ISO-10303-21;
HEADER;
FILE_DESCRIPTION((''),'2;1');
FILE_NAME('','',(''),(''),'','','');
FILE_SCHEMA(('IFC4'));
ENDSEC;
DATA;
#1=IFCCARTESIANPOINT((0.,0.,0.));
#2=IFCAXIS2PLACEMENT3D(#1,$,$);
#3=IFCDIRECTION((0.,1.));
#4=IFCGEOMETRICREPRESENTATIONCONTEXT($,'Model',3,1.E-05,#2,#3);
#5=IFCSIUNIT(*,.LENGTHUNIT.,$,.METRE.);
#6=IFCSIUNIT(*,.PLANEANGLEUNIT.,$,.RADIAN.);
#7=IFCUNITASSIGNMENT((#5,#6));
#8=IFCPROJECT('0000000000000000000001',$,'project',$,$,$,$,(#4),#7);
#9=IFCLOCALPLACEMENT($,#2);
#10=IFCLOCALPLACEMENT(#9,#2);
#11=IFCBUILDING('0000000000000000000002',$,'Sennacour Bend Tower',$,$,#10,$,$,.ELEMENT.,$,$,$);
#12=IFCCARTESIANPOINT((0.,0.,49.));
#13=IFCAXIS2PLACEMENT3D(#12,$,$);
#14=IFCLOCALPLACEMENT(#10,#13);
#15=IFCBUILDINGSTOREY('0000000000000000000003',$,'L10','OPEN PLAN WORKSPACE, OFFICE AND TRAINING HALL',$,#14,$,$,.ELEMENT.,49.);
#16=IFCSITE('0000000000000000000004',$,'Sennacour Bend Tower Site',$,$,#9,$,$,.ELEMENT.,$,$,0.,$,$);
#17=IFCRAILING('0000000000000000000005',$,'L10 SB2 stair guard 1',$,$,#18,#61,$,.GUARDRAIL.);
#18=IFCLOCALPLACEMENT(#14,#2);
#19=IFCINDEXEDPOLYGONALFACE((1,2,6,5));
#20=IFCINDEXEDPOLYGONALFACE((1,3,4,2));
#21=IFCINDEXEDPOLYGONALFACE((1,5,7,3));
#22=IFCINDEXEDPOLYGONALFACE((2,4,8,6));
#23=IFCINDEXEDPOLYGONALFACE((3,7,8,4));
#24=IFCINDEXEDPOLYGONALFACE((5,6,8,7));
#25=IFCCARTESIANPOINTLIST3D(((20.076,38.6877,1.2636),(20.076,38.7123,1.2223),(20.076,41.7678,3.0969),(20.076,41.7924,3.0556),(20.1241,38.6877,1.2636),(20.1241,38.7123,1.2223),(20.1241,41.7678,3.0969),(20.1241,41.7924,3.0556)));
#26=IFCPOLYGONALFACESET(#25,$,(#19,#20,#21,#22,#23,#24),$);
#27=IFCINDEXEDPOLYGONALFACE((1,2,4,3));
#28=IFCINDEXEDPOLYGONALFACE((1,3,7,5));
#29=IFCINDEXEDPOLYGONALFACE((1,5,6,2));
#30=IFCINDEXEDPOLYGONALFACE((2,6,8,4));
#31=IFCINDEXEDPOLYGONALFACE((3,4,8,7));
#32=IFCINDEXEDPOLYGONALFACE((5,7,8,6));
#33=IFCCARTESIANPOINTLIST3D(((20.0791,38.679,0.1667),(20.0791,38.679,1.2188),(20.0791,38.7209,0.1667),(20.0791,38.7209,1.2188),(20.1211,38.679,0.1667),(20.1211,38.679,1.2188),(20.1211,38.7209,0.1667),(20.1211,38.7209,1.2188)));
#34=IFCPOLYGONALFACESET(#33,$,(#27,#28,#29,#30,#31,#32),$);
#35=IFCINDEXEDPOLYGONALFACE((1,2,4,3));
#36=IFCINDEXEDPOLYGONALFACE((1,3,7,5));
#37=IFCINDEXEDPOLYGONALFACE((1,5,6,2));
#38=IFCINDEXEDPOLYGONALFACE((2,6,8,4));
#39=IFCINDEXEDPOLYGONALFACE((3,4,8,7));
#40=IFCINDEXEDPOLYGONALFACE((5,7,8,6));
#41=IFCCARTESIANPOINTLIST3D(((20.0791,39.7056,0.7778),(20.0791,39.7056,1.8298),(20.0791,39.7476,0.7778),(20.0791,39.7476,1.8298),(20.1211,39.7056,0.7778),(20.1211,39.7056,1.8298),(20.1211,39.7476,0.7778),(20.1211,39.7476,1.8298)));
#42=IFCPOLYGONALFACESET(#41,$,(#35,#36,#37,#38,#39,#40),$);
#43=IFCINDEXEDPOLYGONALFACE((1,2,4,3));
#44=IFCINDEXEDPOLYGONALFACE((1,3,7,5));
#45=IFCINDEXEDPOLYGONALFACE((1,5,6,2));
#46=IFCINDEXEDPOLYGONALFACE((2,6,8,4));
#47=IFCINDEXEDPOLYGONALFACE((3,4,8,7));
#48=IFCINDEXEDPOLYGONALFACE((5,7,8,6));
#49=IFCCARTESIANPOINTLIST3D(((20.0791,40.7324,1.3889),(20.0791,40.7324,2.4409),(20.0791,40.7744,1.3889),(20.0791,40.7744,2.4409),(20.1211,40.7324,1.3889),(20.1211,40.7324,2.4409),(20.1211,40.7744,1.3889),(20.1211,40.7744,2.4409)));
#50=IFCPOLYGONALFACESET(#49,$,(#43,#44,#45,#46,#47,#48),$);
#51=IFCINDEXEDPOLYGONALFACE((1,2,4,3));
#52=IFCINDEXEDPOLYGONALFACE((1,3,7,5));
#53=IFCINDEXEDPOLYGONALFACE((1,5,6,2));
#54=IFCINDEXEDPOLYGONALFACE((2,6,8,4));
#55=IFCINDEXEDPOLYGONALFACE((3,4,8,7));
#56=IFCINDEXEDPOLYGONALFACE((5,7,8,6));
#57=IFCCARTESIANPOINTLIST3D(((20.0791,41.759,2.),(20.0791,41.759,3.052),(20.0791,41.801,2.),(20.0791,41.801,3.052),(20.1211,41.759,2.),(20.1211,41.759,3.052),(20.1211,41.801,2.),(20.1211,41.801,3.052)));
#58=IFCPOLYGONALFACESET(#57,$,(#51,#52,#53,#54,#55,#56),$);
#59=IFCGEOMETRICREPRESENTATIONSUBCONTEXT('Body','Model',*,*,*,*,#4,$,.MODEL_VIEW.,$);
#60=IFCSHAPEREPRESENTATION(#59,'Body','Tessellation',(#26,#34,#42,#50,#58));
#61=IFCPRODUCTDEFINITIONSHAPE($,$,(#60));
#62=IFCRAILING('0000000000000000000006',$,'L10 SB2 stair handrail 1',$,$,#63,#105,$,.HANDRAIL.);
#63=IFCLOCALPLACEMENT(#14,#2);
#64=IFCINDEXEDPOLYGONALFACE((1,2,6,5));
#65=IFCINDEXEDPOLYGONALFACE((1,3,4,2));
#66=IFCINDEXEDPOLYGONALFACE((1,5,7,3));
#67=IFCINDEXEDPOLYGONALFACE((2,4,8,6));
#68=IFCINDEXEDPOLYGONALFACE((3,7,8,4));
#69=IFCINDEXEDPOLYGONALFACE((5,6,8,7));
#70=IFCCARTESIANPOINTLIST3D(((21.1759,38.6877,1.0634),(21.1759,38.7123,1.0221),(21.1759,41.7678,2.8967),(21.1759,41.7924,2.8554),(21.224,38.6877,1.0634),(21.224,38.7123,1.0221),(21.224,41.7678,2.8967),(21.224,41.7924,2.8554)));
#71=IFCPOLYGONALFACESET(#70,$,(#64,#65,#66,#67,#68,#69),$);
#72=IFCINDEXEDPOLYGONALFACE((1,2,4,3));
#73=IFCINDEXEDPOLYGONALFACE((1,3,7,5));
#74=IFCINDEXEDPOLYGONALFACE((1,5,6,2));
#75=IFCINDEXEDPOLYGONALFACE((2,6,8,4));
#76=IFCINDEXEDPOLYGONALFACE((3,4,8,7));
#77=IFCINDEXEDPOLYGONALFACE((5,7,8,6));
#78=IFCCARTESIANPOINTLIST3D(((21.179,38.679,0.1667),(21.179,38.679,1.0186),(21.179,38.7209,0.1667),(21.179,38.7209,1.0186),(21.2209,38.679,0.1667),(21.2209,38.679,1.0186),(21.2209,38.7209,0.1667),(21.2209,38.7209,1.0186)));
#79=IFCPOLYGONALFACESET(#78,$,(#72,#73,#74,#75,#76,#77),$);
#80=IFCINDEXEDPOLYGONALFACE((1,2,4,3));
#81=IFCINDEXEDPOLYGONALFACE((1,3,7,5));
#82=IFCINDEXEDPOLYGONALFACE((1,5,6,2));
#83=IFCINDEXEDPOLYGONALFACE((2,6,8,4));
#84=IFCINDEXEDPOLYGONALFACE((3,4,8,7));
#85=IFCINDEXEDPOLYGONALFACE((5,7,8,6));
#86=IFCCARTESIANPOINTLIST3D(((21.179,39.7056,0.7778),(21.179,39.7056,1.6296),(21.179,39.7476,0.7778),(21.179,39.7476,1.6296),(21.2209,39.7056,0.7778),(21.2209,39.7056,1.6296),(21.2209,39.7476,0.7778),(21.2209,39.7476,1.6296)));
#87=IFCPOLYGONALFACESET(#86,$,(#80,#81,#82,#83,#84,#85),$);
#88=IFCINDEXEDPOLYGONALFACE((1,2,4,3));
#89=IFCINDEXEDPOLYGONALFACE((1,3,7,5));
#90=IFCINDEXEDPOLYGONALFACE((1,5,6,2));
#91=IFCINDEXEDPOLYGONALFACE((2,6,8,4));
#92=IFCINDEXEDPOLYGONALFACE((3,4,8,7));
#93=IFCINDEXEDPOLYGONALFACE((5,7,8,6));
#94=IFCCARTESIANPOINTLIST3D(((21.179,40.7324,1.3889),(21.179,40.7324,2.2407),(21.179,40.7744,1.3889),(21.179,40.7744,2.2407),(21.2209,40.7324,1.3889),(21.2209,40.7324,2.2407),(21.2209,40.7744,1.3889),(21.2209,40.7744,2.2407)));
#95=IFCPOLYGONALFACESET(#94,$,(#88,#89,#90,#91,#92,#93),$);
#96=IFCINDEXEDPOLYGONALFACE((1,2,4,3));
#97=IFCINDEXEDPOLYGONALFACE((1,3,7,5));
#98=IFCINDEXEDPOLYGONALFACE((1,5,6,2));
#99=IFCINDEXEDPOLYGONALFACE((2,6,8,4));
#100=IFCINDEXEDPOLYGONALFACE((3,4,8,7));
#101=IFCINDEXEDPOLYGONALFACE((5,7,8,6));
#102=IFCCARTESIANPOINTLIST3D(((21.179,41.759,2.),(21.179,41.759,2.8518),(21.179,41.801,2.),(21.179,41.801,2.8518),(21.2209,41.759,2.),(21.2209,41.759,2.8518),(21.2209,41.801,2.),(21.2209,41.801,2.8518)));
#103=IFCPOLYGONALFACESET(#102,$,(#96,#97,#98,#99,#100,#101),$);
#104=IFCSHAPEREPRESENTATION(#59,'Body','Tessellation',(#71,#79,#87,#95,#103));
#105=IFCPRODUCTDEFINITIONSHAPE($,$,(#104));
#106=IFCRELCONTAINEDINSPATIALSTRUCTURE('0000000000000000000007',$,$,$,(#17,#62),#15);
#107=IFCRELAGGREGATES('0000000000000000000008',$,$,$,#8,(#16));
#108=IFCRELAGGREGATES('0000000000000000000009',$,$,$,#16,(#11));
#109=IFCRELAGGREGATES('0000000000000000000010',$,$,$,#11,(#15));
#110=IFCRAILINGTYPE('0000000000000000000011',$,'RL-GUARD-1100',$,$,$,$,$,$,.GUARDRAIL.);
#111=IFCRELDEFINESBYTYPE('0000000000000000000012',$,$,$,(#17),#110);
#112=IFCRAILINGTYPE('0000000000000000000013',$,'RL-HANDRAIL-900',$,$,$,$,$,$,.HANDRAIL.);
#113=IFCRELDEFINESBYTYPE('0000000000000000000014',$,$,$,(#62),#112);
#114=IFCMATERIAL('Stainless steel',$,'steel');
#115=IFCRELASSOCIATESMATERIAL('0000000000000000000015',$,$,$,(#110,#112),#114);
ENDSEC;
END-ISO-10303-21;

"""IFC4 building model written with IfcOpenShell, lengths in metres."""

from ifc_helpers import new_model, si_unit, direction, frame, origin, origin_2d, place, context, subcontext, project, spatial, rectangle, extrude, material, type_object, element, save


model = new_model("IFC4")

# Units and contexts
model_context = context("Model", 3, precision=1e-05, world=origin(), true_north=direction((0.0, 1.0)))
body_context = subcontext(model_context, "Body", "Model", "MODEL_VIEW")
ifc_project = project(units=[si_unit("LENGTHUNIT", "METRE"), si_unit("PLANEANGLEUNIT", "RADIAN")], contexts=[model_context])

# Site, building, storey
site_placement = place(None, origin())
site = spatial("IfcSite", under=ifc_project, at=site_placement, Name="Sennacour Bend Tower Site", CompositionType="ELEMENT", RefElevation=0.0)
building_placement = place(site_placement, origin())
building = spatial("IfcBuilding", under=site, at=building_placement, Name="Sennacour Bend Tower", CompositionType="ELEMENT")
storey_placement = place(building_placement, frame((0.0, 0.0, 49.0)))
storey = spatial("IfcBuildingStorey", under=building, at=storey_placement, Name="L10", Description="OPEN PLAN WORKSPACE, OFFICE AND TRAINING HALL", CompositionType="ELEMENT", Elevation=49.0)

# Railings
ifc_material_1 = material(Name="Stainless steel", Category="steel")
railing_type_1 = type_object("IfcRailingType", Name="RL-GUARD-1100", PredefinedType="GUARDRAIL", material=ifc_material_1)
railing_1_placement = place(storey_placement, frame((20.1001, 38.7, 0.1667)))
element("IfcRailing", 1, at=railing_1_placement, inside=storey, type_object=railing_type_1, Name="L10 SB2 stair guard 1", PredefinedType="GUARDRAIL", context=body_context, shape_type="SweptSolid", body=[
    extrude(rectangle(XDim=0.0481, YDim=0.0481, at=origin_2d()), frame((0.0, 0.0, 1.0762), z_axis=(0.0, 0.859309, 0.511458), x_axis=(-1.0, 0.0, 0.0)), (0.0, 0.0, 1.0), 3.5845),
    extrude(rectangle(XDim=0.042, YDim=0.042, at=origin_2d()), origin(), (0.0, 0.0, 1.0), 1.052),
    extrude(rectangle(XDim=0.042, YDim=0.042, at=origin_2d()), frame((0.0, 1.0266, 0.6111)), (0.0, 0.0, 1.0), 1.052),
    extrude(rectangle(XDim=0.042, YDim=0.042, at=origin_2d()), frame((0.0, 2.0535, 1.2222)), (0.0, 0.0, 1.0), 1.052),
    extrude(rectangle(XDim=0.042, YDim=0.042, at=origin_2d()), frame((0.0, 3.0801, 1.8333)), (0.0, 0.0, 1.0), 1.052),
])
railing_type_2 = type_object("IfcRailingType", Name="RL-HANDRAIL-900", PredefinedType="HANDRAIL", material=ifc_material_1)
railing_2_placement = place(storey_placement, frame((21.2, 38.7, 0.1667)))
element("IfcRailing", 2, at=railing_2_placement, inside=storey, type_object=railing_type_2, Name="L10 SB2 stair handrail 1", PredefinedType="HANDRAIL", context=body_context, shape_type="SweptSolid", body=[
    extrude(rectangle(XDim=0.0481, YDim=0.0481, at=origin_2d()), frame((0.0, 0.0, 0.876), z_axis=(0.0, 0.859309, 0.511458), x_axis=(-1.0, 0.0, 0.0)), (0.0, 0.0, 1.0), 3.5845),
    extrude(rectangle(XDim=0.042, YDim=0.042, at=origin_2d()), origin(), (0.0, 0.0, 1.0), 0.8518),
    extrude(rectangle(XDim=0.042, YDim=0.042, at=origin_2d()), frame((0.0, 1.0266, 0.6111)), (0.0, 0.0, 1.0), 0.8518),
    extrude(rectangle(XDim=0.042, YDim=0.042, at=origin_2d()), frame((0.0, 2.0535, 1.2222)), (0.0, 0.0, 1.0), 0.8518),
    extrude(rectangle(XDim=0.042, YDim=0.042, at=origin_2d()), frame((0.0, 3.0801, 1.8333)), (0.0, 0.0, 1.0), 0.8518),
])

save(model, "model.ifc")
